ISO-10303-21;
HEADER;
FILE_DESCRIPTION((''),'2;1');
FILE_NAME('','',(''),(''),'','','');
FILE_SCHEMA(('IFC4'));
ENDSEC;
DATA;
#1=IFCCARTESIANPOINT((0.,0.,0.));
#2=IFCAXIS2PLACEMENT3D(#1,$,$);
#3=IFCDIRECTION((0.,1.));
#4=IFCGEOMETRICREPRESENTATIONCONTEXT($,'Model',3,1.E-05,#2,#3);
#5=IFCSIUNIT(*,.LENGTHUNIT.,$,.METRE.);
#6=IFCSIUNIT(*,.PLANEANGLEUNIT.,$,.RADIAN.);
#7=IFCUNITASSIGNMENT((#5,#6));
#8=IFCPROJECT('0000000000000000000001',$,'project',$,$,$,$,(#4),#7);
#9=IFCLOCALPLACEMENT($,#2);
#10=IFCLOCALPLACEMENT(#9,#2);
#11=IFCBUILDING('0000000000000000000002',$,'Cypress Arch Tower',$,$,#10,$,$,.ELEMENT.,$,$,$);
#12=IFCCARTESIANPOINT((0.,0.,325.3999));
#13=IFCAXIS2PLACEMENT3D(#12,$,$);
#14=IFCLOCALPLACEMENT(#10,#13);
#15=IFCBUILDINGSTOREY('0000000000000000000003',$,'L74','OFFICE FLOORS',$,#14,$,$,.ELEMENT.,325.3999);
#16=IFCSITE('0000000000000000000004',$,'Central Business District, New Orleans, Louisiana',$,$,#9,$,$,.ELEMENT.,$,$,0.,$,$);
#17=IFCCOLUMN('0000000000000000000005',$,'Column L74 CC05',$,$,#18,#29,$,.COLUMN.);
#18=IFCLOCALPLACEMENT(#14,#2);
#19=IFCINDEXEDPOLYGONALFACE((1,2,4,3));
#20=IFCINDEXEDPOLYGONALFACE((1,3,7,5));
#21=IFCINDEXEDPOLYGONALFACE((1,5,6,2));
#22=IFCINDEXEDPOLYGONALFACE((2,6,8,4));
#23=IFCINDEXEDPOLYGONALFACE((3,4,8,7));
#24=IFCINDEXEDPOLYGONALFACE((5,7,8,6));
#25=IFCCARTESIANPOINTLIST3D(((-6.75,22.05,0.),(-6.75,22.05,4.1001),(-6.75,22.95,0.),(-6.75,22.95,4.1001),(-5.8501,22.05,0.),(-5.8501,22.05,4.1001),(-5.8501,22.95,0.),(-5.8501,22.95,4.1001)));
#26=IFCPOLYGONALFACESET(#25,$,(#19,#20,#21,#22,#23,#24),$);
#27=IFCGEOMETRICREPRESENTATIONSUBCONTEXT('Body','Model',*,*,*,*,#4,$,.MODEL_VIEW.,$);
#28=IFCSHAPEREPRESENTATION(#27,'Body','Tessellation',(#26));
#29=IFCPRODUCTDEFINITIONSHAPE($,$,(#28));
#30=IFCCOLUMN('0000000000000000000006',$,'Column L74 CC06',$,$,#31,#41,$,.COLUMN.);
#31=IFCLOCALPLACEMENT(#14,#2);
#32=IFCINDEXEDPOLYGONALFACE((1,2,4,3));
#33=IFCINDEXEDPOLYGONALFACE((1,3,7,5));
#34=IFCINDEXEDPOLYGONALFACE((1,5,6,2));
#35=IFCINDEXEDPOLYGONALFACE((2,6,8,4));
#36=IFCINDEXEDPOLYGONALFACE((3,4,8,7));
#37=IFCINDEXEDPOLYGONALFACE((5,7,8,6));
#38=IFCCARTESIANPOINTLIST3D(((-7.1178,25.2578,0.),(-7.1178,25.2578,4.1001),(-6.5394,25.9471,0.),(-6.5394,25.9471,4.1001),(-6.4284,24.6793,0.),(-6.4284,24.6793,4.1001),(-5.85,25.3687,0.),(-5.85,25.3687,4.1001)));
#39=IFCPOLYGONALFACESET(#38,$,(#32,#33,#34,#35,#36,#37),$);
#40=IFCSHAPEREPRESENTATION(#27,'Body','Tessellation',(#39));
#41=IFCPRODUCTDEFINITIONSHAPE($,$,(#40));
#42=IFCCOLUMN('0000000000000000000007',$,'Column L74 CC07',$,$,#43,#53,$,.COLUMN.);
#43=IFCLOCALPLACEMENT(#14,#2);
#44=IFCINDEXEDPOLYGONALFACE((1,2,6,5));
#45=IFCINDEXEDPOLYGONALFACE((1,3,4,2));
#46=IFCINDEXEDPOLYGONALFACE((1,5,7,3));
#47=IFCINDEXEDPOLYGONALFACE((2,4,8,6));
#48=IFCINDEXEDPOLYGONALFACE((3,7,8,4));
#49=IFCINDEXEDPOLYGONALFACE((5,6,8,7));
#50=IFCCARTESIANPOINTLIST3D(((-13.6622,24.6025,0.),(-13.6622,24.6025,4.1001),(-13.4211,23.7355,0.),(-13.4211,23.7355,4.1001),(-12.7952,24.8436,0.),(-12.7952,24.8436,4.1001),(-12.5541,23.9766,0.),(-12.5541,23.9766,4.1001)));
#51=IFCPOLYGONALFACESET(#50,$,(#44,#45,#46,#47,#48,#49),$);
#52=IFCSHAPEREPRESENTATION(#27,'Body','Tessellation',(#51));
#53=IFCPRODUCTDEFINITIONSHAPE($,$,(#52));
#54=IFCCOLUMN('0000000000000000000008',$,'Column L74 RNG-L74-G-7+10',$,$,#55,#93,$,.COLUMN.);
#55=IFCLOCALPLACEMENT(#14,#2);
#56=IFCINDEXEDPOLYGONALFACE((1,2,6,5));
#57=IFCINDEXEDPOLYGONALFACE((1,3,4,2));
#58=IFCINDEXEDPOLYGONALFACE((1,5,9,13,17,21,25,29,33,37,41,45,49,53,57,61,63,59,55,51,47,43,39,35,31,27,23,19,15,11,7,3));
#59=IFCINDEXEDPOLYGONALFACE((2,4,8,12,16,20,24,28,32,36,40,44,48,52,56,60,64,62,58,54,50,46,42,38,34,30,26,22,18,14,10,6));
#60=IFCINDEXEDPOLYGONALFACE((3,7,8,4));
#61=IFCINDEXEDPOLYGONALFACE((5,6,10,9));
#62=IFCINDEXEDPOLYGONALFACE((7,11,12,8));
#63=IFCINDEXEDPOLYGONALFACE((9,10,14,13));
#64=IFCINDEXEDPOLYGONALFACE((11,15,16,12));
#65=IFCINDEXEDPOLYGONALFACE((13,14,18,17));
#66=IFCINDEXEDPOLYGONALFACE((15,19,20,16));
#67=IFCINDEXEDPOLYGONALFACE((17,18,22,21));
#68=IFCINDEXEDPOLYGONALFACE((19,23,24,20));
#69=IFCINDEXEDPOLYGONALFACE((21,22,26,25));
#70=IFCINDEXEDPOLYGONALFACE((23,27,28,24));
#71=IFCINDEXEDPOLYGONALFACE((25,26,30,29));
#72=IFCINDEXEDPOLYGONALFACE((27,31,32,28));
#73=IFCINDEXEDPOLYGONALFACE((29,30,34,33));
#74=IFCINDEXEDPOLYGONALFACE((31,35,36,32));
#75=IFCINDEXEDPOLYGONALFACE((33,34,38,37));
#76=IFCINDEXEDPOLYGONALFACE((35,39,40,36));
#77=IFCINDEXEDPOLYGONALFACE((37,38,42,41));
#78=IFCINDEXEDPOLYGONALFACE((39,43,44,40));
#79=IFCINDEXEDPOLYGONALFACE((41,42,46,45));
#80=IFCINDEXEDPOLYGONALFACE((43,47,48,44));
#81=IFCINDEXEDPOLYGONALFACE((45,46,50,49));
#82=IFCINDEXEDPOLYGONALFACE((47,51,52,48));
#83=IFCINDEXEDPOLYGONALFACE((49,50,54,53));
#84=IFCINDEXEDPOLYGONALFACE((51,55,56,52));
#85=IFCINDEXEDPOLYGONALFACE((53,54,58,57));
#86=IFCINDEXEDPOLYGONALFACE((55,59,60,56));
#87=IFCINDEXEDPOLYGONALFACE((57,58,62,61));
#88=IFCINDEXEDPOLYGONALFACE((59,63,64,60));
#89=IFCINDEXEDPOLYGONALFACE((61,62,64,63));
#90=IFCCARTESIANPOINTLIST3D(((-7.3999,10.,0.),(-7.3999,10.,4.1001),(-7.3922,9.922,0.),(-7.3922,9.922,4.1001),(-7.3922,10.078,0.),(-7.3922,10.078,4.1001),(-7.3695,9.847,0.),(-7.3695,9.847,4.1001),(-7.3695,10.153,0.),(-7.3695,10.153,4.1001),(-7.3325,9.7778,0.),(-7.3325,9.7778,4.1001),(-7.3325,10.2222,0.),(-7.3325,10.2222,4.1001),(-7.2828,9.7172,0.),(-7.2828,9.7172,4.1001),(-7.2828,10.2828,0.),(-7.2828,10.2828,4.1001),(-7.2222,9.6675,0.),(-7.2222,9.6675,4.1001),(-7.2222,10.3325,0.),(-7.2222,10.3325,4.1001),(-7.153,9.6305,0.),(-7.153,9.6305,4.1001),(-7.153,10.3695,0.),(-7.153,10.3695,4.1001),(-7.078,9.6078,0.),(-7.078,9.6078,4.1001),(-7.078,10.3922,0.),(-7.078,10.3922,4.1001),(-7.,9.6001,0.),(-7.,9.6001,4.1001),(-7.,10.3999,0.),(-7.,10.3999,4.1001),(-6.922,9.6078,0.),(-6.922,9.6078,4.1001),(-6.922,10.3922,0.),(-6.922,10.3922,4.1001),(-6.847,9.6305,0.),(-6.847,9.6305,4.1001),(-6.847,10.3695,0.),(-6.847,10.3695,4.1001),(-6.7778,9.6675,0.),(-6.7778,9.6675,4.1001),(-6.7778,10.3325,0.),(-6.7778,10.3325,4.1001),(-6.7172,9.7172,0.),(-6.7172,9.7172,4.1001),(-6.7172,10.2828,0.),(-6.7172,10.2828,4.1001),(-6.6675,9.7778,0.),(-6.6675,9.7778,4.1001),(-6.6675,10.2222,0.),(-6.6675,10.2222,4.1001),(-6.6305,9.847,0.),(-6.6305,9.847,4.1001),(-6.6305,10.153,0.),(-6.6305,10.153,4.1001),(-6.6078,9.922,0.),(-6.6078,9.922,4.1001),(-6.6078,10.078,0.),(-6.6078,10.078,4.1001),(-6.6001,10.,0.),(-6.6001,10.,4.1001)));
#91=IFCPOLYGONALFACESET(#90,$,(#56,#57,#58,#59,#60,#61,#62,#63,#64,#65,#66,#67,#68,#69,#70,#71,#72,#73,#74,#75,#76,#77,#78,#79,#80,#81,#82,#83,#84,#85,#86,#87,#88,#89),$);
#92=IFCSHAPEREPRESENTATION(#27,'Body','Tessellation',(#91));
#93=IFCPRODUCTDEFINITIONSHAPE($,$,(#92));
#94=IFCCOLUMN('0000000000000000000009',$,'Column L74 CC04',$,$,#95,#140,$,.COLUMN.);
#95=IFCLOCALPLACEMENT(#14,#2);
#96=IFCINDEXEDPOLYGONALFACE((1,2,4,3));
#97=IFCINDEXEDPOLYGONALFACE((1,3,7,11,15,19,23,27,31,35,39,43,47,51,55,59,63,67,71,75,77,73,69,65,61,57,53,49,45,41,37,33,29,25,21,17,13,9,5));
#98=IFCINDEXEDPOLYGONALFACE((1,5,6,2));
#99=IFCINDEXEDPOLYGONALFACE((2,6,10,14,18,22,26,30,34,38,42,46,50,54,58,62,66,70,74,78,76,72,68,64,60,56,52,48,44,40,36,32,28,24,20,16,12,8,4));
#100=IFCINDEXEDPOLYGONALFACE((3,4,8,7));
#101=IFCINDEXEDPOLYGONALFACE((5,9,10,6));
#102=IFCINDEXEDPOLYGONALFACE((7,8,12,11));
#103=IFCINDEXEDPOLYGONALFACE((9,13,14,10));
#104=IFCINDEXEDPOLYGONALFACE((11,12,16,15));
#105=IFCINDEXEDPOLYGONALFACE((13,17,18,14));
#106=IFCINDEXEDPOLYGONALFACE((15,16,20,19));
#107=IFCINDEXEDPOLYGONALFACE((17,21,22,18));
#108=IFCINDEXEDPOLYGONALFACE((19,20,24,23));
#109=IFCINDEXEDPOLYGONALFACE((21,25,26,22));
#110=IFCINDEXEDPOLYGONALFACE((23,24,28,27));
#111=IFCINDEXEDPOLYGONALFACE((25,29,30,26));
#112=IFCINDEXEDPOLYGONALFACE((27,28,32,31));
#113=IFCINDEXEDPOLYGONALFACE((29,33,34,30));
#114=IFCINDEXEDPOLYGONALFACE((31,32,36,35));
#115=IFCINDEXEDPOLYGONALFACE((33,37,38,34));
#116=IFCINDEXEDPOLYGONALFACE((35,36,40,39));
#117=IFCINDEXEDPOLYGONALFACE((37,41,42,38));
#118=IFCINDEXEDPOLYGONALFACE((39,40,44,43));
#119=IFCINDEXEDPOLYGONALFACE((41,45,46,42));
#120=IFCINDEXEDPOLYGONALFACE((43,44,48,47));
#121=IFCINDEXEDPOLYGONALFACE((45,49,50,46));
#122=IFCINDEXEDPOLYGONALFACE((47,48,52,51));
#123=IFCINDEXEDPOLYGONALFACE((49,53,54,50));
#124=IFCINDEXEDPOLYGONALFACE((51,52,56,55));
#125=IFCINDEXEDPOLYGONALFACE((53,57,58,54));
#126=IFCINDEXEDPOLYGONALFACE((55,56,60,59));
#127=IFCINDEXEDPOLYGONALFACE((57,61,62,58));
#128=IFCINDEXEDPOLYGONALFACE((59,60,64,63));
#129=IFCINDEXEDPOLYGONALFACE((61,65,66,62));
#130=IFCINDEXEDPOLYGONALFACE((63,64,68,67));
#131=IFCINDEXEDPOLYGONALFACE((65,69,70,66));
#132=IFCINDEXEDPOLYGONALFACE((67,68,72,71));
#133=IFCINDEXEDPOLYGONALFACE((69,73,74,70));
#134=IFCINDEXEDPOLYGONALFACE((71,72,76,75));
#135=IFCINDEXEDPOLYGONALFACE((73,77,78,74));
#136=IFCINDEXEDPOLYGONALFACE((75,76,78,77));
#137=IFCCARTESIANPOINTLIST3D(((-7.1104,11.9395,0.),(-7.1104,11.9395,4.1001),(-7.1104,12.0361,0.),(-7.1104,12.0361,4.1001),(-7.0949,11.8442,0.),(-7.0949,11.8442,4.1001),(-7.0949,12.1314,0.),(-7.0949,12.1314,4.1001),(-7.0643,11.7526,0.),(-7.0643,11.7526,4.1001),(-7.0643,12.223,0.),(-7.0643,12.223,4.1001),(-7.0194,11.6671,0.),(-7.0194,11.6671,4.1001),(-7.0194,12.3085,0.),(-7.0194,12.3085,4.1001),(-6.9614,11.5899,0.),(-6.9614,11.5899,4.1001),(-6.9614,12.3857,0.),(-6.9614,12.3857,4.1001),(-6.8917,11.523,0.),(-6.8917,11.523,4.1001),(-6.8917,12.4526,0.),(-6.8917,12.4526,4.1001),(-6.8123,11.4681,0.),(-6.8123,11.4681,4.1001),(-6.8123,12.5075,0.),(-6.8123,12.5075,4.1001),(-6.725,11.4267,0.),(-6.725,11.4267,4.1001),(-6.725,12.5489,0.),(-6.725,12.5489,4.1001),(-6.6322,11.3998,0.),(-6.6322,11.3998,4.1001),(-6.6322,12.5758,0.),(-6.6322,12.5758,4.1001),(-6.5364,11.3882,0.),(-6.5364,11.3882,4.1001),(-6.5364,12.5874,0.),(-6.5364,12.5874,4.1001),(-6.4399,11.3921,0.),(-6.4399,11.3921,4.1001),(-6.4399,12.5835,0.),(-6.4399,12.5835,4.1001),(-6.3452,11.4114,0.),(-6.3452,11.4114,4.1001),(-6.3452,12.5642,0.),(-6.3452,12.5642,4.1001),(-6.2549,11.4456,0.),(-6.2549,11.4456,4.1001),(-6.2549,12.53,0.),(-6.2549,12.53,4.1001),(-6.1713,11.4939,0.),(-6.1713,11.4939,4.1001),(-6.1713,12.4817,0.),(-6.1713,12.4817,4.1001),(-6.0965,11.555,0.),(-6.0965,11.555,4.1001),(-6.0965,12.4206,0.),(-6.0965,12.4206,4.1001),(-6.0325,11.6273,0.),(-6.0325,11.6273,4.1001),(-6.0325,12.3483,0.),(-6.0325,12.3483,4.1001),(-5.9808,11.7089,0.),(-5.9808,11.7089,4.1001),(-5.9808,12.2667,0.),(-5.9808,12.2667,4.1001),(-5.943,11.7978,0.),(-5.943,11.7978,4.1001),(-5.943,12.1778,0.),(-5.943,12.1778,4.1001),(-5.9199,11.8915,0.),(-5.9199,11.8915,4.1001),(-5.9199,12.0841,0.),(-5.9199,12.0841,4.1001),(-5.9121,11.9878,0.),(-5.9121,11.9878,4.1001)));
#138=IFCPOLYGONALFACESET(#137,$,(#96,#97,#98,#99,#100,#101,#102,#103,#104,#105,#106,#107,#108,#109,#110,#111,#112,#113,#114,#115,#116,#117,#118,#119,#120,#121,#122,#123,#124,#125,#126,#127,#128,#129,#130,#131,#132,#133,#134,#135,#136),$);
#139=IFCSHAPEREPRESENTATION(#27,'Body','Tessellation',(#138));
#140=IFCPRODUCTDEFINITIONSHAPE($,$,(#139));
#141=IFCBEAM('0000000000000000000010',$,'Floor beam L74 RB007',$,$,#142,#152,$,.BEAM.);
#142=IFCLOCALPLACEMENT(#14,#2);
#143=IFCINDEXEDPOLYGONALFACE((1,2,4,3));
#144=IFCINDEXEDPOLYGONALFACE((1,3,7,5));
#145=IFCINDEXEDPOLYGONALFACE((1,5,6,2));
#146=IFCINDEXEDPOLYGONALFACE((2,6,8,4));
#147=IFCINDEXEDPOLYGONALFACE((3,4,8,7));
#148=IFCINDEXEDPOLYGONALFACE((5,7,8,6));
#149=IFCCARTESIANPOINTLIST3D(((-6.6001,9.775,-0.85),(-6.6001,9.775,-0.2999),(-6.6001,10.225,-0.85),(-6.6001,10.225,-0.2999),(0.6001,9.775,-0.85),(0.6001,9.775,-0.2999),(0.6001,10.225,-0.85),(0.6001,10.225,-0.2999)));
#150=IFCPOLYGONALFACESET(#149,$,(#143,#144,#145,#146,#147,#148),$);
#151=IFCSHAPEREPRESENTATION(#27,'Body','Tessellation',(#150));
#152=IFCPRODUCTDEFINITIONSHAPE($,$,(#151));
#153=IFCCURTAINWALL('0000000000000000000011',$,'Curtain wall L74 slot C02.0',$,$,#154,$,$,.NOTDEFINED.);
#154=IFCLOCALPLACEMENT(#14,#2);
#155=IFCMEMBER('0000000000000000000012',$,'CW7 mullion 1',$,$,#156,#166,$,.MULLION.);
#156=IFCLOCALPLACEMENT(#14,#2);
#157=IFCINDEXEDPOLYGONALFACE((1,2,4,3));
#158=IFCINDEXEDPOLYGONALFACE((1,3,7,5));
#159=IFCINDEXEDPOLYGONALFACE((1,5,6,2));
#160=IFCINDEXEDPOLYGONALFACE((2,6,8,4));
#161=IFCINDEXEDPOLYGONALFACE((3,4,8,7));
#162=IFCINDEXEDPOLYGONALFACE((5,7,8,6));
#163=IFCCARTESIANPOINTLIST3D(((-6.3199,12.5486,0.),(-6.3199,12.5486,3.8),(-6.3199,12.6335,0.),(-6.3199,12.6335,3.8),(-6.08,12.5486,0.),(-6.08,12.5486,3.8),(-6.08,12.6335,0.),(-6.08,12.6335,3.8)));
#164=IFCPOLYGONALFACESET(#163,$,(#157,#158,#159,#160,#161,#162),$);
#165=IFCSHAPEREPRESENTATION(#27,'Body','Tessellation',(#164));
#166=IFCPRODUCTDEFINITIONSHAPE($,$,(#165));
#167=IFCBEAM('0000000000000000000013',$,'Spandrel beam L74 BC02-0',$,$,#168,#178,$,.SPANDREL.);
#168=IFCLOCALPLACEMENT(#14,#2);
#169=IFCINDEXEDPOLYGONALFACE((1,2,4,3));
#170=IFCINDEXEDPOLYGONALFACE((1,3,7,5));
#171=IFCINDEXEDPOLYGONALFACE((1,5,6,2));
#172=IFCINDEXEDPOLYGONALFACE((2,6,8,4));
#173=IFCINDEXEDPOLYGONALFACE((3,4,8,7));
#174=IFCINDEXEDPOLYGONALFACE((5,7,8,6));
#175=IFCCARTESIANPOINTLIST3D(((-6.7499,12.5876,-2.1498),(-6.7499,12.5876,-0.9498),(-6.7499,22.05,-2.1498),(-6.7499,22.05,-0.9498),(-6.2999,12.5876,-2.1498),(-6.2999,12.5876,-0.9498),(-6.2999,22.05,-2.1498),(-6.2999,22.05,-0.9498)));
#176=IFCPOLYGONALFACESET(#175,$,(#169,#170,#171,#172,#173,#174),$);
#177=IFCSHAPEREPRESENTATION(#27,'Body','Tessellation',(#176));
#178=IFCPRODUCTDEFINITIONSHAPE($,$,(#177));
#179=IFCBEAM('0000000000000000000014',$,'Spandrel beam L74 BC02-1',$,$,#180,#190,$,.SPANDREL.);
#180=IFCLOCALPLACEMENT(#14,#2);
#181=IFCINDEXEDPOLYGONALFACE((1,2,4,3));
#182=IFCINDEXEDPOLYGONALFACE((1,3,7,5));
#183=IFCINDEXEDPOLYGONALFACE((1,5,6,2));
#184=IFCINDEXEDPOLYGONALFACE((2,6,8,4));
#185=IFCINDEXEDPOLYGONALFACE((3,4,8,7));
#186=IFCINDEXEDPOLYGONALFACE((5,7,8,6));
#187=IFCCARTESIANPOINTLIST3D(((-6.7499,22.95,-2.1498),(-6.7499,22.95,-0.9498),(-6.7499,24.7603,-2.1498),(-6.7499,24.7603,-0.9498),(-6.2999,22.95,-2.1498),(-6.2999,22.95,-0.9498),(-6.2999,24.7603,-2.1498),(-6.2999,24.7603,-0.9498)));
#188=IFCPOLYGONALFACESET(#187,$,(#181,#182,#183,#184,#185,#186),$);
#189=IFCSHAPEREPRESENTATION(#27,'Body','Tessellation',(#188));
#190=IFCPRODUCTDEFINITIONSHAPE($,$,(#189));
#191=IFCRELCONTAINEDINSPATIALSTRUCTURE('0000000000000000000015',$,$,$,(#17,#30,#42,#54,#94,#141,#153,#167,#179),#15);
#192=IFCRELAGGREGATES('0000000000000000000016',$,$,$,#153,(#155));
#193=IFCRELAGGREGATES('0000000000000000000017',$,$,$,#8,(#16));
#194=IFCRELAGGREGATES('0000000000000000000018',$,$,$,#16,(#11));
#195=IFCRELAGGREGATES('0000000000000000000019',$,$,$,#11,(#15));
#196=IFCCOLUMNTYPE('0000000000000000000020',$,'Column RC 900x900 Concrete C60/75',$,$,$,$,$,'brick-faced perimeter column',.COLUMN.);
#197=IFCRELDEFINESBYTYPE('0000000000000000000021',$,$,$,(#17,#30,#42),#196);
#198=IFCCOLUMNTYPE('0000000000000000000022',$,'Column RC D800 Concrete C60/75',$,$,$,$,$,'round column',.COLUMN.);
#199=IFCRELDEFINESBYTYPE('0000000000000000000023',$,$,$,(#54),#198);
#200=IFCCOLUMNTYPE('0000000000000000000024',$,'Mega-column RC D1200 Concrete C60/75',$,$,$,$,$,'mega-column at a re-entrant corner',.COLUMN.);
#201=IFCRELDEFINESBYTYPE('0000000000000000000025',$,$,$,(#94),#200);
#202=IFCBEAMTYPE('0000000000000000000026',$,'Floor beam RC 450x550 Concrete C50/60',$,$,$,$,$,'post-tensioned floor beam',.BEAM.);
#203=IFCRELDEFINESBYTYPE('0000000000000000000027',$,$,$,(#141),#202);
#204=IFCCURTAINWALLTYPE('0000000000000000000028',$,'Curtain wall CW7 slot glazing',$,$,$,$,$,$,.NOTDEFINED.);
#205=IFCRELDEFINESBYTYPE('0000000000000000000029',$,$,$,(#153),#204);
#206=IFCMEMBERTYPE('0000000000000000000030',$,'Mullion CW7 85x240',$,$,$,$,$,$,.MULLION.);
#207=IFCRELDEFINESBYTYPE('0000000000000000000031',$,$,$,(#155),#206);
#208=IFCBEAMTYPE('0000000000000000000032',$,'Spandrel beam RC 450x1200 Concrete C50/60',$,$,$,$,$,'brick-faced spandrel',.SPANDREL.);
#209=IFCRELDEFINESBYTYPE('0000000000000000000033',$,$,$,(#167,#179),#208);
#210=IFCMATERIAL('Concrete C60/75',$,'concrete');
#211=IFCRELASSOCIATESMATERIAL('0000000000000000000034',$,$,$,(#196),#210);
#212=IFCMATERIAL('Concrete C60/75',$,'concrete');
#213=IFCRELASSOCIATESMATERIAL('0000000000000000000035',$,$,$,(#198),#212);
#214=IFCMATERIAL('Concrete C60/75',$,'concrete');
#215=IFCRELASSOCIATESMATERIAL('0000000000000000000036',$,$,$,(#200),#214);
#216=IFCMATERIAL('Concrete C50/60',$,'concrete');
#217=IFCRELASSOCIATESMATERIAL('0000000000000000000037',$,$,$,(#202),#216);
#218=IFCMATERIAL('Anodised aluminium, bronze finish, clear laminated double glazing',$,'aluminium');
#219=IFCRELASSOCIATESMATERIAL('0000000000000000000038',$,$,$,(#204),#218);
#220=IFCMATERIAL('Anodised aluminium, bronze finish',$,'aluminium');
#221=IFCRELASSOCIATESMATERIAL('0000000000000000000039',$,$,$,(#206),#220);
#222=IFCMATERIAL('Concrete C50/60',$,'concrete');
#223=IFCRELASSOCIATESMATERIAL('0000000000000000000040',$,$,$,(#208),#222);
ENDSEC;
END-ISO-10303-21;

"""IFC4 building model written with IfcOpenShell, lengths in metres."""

from ifc_helpers import new_model, si_unit, direction, frame, origin, origin_2d, place, context, subcontext, project, spatial, rectangle, circle, extrude, material, material_profile, profile_set, type_object, element, aggregate, save


model = new_model("IFC4")

# Units and contexts
model_context = context("Model", 3, precision=1e-05, world=origin(), true_north=direction((0.0, 1.0)))
body_context = subcontext(model_context, "Body", "Model", "MODEL_VIEW")
ifc_project = project(units=[si_unit("LENGTHUNIT", "METRE"), si_unit("PLANEANGLEUNIT", "RADIAN")], contexts=[model_context])

# Site, building, storey
site_placement = place(None, origin())
site = spatial("IfcSite", under=ifc_project, at=site_placement, Name="Central Business District, New Orleans, Louisiana", CompositionType="ELEMENT", RefElevation=0.0)
building_placement = place(site_placement, origin())
building = spatial("IfcBuilding", under=site, at=building_placement, Name="Cypress Arch Tower", CompositionType="ELEMENT")
storey_placement = place(building_placement, frame((0.0, 0.0, 325.3999)))
storey = spatial("IfcBuildingStorey", under=building, at=storey_placement, Name="L74", Description="OFFICE FLOORS", CompositionType="ELEMENT", Elevation=325.3999)

# Columns
ifc_material_1 = material(Name="Concrete C60/75", Category="concrete")
ifc_material_profile_1 = material_profile(ifc_material_1, rectangle(XDim=0.8999, YDim=0.8999, at=origin_2d()), Name="RC 900x900")
ifc_profile_set_1 = profile_set([ifc_material_profile_1], Name="Concrete C60/75")
column_type_1 = type_object("IfcColumnType", Name="Column RC 900x900 Concrete C60/75", ElementType="brick-faced perimeter column", PredefinedType="COLUMN", material=ifc_profile_set_1)
for number, where, z_axis, x_axis, name in (
    (1, (-6.3, 22.5, 0.0), (0.0, 0.0, 1.0), (0.0, 1.0, 0.0), "Column L74 CC05"),
    (2, (-6.4839, 25.3132, 0.0), (0.0, 0.0, 1.0), (-0.766064, 0.642765, 0.0), "Column L74 CC06"),
    (3, (-13.1082, 24.2896, 0.0), (0.0, 0.0, 1.0), (-0.963456, -0.267868, 0.0), "Column L74 CC07"),
):
    element("IfcColumn", number, at=place(storey_placement, frame(where, z_axis=z_axis, x_axis=x_axis)), inside=storey, type_object=column_type_1, Name=name, PredefinedType="COLUMN", context=body_context, shape_type="SweptSolid", body=[
        extrude(rectangle(XDim=0.8999, YDim=0.8999, at=origin_2d()), origin(), (0.0, 0.0, 1.0), 4.1001),
    ])
ifc_material_2 = material(Name="Concrete C60/75", Category="concrete")
ifc_material_profile_2 = material_profile(ifc_material_2, circle(Radius=0.3999, at=origin_2d()), Name="RC D800")
ifc_profile_set_2 = profile_set([ifc_material_profile_2], Name="Concrete C60/75")
column_type_2 = type_object("IfcColumnType", Name="Column RC D800 Concrete C60/75", ElementType="round column", PredefinedType="COLUMN", material=ifc_profile_set_2)
column_1_placement = place(storey_placement, frame((-7.0, 10.0, 0.0), z_axis=(0.0, 0.0, 1.0), x_axis=(1.0, 0.0, 0.0)))
element("IfcColumn", 4, at=column_1_placement, inside=storey, type_object=column_type_2, Name="Column L74 RNG-L74-G-7+10", PredefinedType="COLUMN", context=body_context, shape_type="SweptSolid", body=[
    extrude(circle(Radius=0.3999, at=origin_2d()), origin(), (0.0, 0.0, 1.0), 4.1001),
])
ifc_material_3 = material(Name="Concrete C60/75", Category="concrete")
ifc_material_profile_3 = material_profile(ifc_material_3, circle(Radius=0.6001, at=origin_2d()), Name="RC D1200")
ifc_profile_set_3 = profile_set([ifc_material_profile_3], Name="Concrete C60/75")
column_type_3 = type_object("IfcColumnType", Name="Mega-column RC D1200 Concrete C60/75", ElementType="mega-column at a re-entrant corner", PredefinedType="COLUMN", material=ifc_profile_set_3)
column_2_placement = place(storey_placement, frame((-6.5122, 11.9878, 0.0), z_axis=(0.0, 0.0, 1.0), x_axis=(1.0, 0.0, 0.0)))
element("IfcColumn", 5, at=column_2_placement, inside=storey, type_object=column_type_3, Name="Column L74 CC04", PredefinedType="COLUMN", context=body_context, shape_type="SweptSolid", body=[
    extrude(circle(Radius=0.6001, at=origin_2d()), origin(), (0.0, 0.0, 1.0), 4.1001),
])

# Beam
ifc_material_4 = material(Name="Concrete C50/60", Category="concrete")
ifc_material_profile_4 = material_profile(ifc_material_4, rectangle(XDim=0.45, YDim=0.55, at=origin_2d()), Name="RC 450x550")
ifc_profile_set_4 = profile_set([ifc_material_profile_4], Name="Concrete C50/60")
beam_type_1 = type_object("IfcBeamType", Name="Floor beam RC 450x550 Concrete C50/60", ElementType="post-tensioned floor beam", PredefinedType="BEAM", material=ifc_profile_set_4)
beam_1_placement = place(storey_placement, frame((-6.6001, 10.0, -0.575), z_axis=(1.0, 0.0, 0.0), x_axis=(0.0, 1.0, 0.0)))
element("IfcBeam", 6, at=beam_1_placement, inside=storey, type_object=beam_type_1, Name="Floor beam L74 RB007", PredefinedType="BEAM", context=body_context, shape_type="SweptSolid", body=[
    extrude(rectangle(XDim=0.45, YDim=0.55, at=origin_2d()), origin(), (0.0, 0.0, 1.0), 7.2002),
])

# Curtain wall, member
ifc_material_5 = material(Name="Anodised aluminium, bronze finish, clear laminated double glazing", Category="aluminium")
curtain_wall_type = type_object("IfcCurtainWallType", Name="Curtain wall CW7 slot glazing", PredefinedType="NOTDEFINED", material=ifc_material_5)
curtain_wall_placement = place(storey_placement, origin())
curtain_wall = element("IfcCurtainWall", 7, at=curtain_wall_placement, inside=storey, type_object=curtain_wall_type, Name="Curtain wall L74 slot C02.0", PredefinedType="NOTDEFINED")
ifc_material_6 = material(Name="Anodised aluminium, bronze finish", Category="aluminium")
ifc_material_profile_5 = material_profile(ifc_material_6, rectangle(XDim=0.24, YDim=0.085, at=origin_2d()), Name="Mullion 85x240")
ifc_profile_set_5 = profile_set([ifc_material_profile_5], Name="Anodised aluminium, bronze finish")
member_type_1 = type_object("IfcMemberType", Name="Mullion CW7 85x240", PredefinedType="MULLION", material=ifc_profile_set_5)
member_1_placement = place(storey_placement, frame((-6.2, 12.5911, 0.0), z_axis=(0.0, 0.0, 1.0), x_axis=(-1.0, 0.0, 0.0)))
member_1 = element("IfcMember", 8, at=member_1_placement, type_object=member_type_1, Name="CW7 mullion 1", PredefinedType="MULLION", context=body_context, shape_type="SweptSolid", body=[
    extrude(rectangle(XDim=0.24, YDim=0.085, at=origin_2d()), origin(), (0.0, 0.0, 1.0), 3.8),
])

# Beams
ifc_material_7 = material(Name="Concrete C50/60", Category="concrete")
ifc_material_profile_6 = material_profile(ifc_material_7, rectangle(XDim=0.45, YDim=1.2, at=origin_2d()), Name="RC 450x1200")
ifc_profile_set_6 = profile_set([ifc_material_profile_6], Name="Concrete C50/60")
beam_type_2 = type_object("IfcBeamType", Name="Spandrel beam RC 450x1200 Concrete C50/60", ElementType="brick-faced spandrel", PredefinedType="SPANDREL", material=ifc_profile_set_6)
beam_2_placement = place(storey_placement, frame((-6.5249, 12.5876, -1.5498), z_axis=(0.0, 1.0, 0.0), x_axis=(-1.0, 0.0, 0.0)))
element("IfcBeam", 9, at=beam_2_placement, inside=storey, type_object=beam_type_2, Name="Spandrel beam L74 BC02-0", PredefinedType="SPANDREL", context=body_context, shape_type="SweptSolid", body=[
    extrude(rectangle(XDim=0.45, YDim=1.2, at=origin_2d()), origin(), (0.0, 0.0, 1.0), 9.4624),
])
beam_3_placement = place(storey_placement, frame((-6.5249, 22.95, -1.5498), z_axis=(0.0, 1.0, 0.0), x_axis=(-1.0, 0.0, 0.0)))
element("IfcBeam", 10, at=beam_3_placement, inside=storey, type_object=beam_type_2, Name="Spandrel beam L74 BC02-1", PredefinedType="SPANDREL", context=body_context, shape_type="SweptSolid", body=[
    extrude(rectangle(XDim=0.45, YDim=1.2, at=origin_2d()), origin(), (0.0, 0.0, 1.0), 1.8103),
])

aggregate(curtain_wall, [member_1])

save(model, "model.ifc")
